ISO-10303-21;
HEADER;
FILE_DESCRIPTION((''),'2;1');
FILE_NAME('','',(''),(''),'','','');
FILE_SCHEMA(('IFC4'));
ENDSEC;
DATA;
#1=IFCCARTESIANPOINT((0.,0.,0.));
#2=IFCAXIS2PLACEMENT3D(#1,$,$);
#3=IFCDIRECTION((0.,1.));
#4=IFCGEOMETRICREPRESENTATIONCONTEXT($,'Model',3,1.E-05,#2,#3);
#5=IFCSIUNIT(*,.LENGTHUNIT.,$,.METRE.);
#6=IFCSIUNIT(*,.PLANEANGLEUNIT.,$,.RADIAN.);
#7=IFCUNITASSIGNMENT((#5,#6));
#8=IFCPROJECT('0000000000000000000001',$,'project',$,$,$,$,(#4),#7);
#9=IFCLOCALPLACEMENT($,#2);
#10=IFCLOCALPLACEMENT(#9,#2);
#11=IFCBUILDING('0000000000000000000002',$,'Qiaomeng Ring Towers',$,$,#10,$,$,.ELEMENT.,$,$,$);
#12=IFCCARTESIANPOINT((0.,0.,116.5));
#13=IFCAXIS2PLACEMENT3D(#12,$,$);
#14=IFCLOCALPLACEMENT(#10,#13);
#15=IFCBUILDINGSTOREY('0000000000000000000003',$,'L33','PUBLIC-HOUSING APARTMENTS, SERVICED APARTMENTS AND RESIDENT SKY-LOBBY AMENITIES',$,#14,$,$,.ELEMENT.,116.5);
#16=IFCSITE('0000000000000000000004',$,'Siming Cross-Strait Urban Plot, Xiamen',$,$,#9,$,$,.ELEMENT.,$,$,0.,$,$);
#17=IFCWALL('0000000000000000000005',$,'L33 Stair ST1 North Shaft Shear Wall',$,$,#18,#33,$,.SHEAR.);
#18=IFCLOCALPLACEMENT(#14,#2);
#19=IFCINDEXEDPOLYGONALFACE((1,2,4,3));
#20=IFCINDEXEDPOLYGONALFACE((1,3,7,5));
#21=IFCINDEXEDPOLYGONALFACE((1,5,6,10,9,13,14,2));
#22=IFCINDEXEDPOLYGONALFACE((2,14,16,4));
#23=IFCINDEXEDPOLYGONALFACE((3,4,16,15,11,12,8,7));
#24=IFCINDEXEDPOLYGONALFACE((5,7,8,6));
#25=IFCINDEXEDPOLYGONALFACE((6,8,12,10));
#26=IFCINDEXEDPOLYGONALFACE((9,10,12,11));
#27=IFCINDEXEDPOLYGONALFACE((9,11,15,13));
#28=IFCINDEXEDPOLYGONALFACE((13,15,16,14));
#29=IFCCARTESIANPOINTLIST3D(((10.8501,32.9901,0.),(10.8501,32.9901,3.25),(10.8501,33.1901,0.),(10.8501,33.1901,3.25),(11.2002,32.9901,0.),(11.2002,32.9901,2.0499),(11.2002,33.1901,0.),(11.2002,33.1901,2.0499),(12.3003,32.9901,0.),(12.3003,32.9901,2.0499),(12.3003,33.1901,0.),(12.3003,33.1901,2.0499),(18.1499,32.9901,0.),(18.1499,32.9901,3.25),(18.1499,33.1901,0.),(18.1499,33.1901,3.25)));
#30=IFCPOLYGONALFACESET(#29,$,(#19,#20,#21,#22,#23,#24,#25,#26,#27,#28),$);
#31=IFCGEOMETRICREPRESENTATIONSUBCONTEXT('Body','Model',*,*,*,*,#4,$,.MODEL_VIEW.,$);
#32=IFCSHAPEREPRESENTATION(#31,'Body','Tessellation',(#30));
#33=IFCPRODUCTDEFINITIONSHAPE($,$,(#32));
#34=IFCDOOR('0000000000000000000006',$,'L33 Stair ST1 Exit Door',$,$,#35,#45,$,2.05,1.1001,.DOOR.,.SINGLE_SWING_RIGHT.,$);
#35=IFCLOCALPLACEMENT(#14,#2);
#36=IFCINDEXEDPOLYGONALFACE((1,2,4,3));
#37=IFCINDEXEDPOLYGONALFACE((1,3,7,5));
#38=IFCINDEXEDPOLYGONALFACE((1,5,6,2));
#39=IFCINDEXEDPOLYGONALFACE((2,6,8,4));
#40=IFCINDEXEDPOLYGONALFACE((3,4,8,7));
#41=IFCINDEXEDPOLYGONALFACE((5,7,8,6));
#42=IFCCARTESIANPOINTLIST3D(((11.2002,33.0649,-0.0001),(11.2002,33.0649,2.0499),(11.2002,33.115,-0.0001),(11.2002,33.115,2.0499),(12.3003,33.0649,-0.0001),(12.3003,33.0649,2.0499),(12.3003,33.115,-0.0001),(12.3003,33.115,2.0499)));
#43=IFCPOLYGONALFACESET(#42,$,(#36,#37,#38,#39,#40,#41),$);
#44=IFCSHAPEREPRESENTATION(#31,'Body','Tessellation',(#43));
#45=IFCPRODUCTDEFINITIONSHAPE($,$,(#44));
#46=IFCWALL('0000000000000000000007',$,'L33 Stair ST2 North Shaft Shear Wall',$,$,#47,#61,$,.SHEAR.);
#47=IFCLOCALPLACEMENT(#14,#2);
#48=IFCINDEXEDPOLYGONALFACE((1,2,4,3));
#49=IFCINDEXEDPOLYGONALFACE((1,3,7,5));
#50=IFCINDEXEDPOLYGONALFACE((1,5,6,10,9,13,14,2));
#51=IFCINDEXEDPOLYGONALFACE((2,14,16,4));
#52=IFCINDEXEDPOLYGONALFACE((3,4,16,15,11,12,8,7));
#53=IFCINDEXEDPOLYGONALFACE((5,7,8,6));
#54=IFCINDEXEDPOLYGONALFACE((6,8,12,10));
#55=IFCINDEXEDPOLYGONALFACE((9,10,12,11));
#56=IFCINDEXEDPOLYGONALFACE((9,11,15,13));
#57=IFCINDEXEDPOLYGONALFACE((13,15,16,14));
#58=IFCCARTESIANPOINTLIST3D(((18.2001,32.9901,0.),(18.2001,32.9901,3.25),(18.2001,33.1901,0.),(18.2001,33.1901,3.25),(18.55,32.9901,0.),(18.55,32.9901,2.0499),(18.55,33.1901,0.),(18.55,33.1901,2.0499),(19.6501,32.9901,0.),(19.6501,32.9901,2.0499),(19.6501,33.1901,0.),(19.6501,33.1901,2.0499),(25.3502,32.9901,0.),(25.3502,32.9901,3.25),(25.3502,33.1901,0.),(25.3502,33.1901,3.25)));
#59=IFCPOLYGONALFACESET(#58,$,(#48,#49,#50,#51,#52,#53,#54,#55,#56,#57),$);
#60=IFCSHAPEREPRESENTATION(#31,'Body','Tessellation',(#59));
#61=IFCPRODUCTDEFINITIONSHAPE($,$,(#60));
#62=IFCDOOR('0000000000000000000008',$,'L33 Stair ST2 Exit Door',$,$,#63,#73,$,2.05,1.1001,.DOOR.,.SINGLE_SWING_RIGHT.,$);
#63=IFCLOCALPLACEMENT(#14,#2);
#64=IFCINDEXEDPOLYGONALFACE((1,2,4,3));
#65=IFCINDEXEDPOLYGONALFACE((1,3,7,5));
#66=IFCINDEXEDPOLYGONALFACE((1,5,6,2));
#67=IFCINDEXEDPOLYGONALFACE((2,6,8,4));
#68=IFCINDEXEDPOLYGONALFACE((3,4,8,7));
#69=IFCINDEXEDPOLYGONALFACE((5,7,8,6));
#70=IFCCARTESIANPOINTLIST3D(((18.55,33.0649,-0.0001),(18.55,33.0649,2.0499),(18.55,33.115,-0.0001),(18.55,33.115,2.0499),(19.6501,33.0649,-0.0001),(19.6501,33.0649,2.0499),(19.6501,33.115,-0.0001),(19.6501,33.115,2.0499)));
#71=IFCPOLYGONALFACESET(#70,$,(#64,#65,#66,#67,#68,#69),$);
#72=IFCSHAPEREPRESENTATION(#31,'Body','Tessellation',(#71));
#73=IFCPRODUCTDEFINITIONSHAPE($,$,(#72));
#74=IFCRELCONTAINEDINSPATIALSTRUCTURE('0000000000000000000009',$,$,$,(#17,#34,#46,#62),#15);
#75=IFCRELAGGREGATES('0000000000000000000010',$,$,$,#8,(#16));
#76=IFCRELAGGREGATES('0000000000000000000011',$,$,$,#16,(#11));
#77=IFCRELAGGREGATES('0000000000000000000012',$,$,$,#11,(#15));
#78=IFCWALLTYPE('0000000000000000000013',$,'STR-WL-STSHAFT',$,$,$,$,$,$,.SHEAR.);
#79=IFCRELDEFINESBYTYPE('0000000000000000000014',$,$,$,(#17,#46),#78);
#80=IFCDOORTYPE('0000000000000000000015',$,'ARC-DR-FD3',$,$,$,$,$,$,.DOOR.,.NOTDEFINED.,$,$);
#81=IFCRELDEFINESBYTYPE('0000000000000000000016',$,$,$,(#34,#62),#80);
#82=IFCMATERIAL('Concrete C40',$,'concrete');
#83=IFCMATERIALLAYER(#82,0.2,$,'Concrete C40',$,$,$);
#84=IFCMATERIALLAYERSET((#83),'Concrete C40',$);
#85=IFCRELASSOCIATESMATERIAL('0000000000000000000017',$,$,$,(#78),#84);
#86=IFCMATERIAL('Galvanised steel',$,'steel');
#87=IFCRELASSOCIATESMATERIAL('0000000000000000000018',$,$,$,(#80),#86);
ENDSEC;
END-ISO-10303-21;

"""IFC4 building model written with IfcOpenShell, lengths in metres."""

from ifc_helpers import new_model, si_unit, direction, frame, frame_2d, origin, place, context, subcontext, project, spatial, rectangle, extrude, source, transform, mapped, material, layer, layer_set, type_object, element, fill, save


model = new_model("IFC4")

# Units and contexts
model_context = context("Model", 3, precision=1e-05, world=origin(), true_north=direction((0.0, 1.0)))
body_context = subcontext(model_context, "Body", "Model", "MODEL_VIEW")
ifc_project = project(units=[si_unit("LENGTHUNIT", "METRE"), si_unit("PLANEANGLEUNIT", "RADIAN")], contexts=[model_context])

# Site, building, storey
site_placement = place(None, origin())
site = spatial("IfcSite", under=ifc_project, at=site_placement, Name="Siming Cross-Strait Urban Plot, Xiamen", CompositionType="ELEMENT", RefElevation=0.0)
building_placement = place(site_placement, origin())
building = spatial("IfcBuilding", under=site, at=building_placement, Name="Qiaomeng Ring Towers", CompositionType="ELEMENT")
storey_placement = place(building_placement, frame((0.0, 0.0, 116.5)))
storey = spatial("IfcBuildingStorey", under=building, at=storey_placement, Name="L33", Description="PUBLIC-HOUSING APARTMENTS, SERVICED APARTMENTS AND RESIDENT SKY-LOBBY AMENITIES", CompositionType="ELEMENT", Elevation=116.5)

# Shared definitions
ifc_material_1 = material(Name="Concrete C40", Category="concrete")
ifc_layer_1 = layer(ifc_material_1, 0.2, Name="Concrete C40")
ifc_layer_set_1 = layer_set([ifc_layer_1], Name="Concrete C40")
wall_type_1 = type_object("IfcWallType", Name="STR-WL-STSHAFT", PredefinedType="SHEAR", material=ifc_layer_set_1)

# Walls, openings, doors
wall_1_placement = place(storey_placement, frame((10.8501, 33.0901, 0.0), z_axis=(0.0, 0.0, 1.0), x_axis=(1.0, 0.0, 0.0)))
wall_1 = element("IfcWall", 1, at=wall_1_placement, inside=storey, type_object=wall_type_1, Name="L33 Stair ST1 North Shaft Shear Wall", PredefinedType="SHEAR", context=body_context, shape_type="SweptSolid", body=[
    extrude(rectangle(XDim=7.2998, YDim=0.2, at=frame_2d((3.6499, 0.0))), origin(), (0.0, 0.0, 1.0), 3.25),
])
opening_1_placement = place(wall_1_placement, frame((0.3501, 0.0, 0.0)))
opening_1 = element("IfcOpeningElement", 2, at=opening_1_placement, cuts=wall_1, PredefinedType="OPENING", context=body_context, shape_type="SweptSolid", body=[
    extrude(rectangle(XDim=1.1001, YDim=2.05, at=frame_2d((0.55, 1.0249))), frame((0.0, 0.1099, 0.0), z_axis=(0.0, -1.0, 0.0), x_axis=(1.0, 0.0, 0.0)), (0.0, 0.0, 1.0), 0.22),
])
ifc_material_2 = material(Name="Galvanised steel", Category="steel")
door_type_1 = type_object("IfcDoorType", Name="ARC-DR-FD3", OperationType="NOTDEFINED", PredefinedType="DOOR", material=ifc_material_2)
shared_shape_1 = source(origin(), body_context, "Body", "SweptSolid", [
    extrude(rectangle(XDim=1.1001, YDim=2.05, at=frame_2d((0.55, 1.0249))), frame((0.0, 0.0249, 0.0), z_axis=(0.0, -1.0, 0.0), x_axis=(1.0, 0.0, 0.0)), (0.0, 0.0, 1.0), 0.05),
])
door_1_placement = place(opening_1_placement, origin())
door_1 = element("IfcDoor", 3, at=door_1_placement, inside=storey, type_object=door_type_1, Name="L33 Stair ST1 Exit Door", OperationType="SINGLE_SWING_RIGHT", OverallHeight=2.05, OverallWidth=1.1001, PredefinedType="DOOR", context=body_context, shape_type="MappedRepresentation", body=[
    mapped(shared_shape_1, transform((0.0, 0.0, 0.0), x_axis=(1.0, 0.0, 0.0), y_axis=(0.0, 1.0, 0.0), z_axis=(0.0, 0.0, 1.0), scale=1.0)),
])
fill(opening_1, door_1)
wall_2_placement = place(storey_placement, frame((18.2, 33.0901, 0.0), z_axis=(0.0, 0.0, 1.0), x_axis=(1.0, 0.0, 0.0)))
wall_2 = element("IfcWall", 4, at=wall_2_placement, inside=storey, type_object=wall_type_1, Name="L33 Stair ST2 North Shaft Shear Wall", PredefinedType="SHEAR", context=body_context, shape_type="SweptSolid", body=[
    extrude(rectangle(XDim=7.1501, YDim=0.2, at=frame_2d((3.5752, 0.0))), origin(), (0.0, 0.0, 1.0), 3.25),
])
opening_2_placement = place(wall_2_placement, frame((0.3501, 0.0, 0.0)))
opening_2 = element("IfcOpeningElement", 5, at=opening_2_placement, cuts=wall_2, PredefinedType="OPENING", context=body_context, shape_type="SweptSolid", body=[
    extrude(rectangle(XDim=1.1001, YDim=2.05, at=frame_2d((0.55, 1.0249))), frame((0.0, 0.1099, 0.0), z_axis=(0.0, -1.0, 0.0), x_axis=(1.0, 0.0, 0.0)), (0.0, 0.0, 1.0), 0.22),
])
door_2_placement = place(opening_2_placement, origin())
door_2 = element("IfcDoor", 6, at=door_2_placement, inside=storey, type_object=door_type_1, Name="L33 Stair ST2 Exit Door", OperationType="SINGLE_SWING_RIGHT", OverallHeight=2.05, OverallWidth=1.1001, PredefinedType="DOOR", context=body_context, shape_type="MappedRepresentation", body=[
    mapped(shared_shape_1, transform((0.0, 0.0, 0.0), x_axis=(1.0, 0.0, 0.0), y_axis=(0.0, 1.0, 0.0), z_axis=(0.0, 0.0, 1.0), scale=1.0)),
])
fill(opening_2, door_2)

save(model, "model.ifc")
